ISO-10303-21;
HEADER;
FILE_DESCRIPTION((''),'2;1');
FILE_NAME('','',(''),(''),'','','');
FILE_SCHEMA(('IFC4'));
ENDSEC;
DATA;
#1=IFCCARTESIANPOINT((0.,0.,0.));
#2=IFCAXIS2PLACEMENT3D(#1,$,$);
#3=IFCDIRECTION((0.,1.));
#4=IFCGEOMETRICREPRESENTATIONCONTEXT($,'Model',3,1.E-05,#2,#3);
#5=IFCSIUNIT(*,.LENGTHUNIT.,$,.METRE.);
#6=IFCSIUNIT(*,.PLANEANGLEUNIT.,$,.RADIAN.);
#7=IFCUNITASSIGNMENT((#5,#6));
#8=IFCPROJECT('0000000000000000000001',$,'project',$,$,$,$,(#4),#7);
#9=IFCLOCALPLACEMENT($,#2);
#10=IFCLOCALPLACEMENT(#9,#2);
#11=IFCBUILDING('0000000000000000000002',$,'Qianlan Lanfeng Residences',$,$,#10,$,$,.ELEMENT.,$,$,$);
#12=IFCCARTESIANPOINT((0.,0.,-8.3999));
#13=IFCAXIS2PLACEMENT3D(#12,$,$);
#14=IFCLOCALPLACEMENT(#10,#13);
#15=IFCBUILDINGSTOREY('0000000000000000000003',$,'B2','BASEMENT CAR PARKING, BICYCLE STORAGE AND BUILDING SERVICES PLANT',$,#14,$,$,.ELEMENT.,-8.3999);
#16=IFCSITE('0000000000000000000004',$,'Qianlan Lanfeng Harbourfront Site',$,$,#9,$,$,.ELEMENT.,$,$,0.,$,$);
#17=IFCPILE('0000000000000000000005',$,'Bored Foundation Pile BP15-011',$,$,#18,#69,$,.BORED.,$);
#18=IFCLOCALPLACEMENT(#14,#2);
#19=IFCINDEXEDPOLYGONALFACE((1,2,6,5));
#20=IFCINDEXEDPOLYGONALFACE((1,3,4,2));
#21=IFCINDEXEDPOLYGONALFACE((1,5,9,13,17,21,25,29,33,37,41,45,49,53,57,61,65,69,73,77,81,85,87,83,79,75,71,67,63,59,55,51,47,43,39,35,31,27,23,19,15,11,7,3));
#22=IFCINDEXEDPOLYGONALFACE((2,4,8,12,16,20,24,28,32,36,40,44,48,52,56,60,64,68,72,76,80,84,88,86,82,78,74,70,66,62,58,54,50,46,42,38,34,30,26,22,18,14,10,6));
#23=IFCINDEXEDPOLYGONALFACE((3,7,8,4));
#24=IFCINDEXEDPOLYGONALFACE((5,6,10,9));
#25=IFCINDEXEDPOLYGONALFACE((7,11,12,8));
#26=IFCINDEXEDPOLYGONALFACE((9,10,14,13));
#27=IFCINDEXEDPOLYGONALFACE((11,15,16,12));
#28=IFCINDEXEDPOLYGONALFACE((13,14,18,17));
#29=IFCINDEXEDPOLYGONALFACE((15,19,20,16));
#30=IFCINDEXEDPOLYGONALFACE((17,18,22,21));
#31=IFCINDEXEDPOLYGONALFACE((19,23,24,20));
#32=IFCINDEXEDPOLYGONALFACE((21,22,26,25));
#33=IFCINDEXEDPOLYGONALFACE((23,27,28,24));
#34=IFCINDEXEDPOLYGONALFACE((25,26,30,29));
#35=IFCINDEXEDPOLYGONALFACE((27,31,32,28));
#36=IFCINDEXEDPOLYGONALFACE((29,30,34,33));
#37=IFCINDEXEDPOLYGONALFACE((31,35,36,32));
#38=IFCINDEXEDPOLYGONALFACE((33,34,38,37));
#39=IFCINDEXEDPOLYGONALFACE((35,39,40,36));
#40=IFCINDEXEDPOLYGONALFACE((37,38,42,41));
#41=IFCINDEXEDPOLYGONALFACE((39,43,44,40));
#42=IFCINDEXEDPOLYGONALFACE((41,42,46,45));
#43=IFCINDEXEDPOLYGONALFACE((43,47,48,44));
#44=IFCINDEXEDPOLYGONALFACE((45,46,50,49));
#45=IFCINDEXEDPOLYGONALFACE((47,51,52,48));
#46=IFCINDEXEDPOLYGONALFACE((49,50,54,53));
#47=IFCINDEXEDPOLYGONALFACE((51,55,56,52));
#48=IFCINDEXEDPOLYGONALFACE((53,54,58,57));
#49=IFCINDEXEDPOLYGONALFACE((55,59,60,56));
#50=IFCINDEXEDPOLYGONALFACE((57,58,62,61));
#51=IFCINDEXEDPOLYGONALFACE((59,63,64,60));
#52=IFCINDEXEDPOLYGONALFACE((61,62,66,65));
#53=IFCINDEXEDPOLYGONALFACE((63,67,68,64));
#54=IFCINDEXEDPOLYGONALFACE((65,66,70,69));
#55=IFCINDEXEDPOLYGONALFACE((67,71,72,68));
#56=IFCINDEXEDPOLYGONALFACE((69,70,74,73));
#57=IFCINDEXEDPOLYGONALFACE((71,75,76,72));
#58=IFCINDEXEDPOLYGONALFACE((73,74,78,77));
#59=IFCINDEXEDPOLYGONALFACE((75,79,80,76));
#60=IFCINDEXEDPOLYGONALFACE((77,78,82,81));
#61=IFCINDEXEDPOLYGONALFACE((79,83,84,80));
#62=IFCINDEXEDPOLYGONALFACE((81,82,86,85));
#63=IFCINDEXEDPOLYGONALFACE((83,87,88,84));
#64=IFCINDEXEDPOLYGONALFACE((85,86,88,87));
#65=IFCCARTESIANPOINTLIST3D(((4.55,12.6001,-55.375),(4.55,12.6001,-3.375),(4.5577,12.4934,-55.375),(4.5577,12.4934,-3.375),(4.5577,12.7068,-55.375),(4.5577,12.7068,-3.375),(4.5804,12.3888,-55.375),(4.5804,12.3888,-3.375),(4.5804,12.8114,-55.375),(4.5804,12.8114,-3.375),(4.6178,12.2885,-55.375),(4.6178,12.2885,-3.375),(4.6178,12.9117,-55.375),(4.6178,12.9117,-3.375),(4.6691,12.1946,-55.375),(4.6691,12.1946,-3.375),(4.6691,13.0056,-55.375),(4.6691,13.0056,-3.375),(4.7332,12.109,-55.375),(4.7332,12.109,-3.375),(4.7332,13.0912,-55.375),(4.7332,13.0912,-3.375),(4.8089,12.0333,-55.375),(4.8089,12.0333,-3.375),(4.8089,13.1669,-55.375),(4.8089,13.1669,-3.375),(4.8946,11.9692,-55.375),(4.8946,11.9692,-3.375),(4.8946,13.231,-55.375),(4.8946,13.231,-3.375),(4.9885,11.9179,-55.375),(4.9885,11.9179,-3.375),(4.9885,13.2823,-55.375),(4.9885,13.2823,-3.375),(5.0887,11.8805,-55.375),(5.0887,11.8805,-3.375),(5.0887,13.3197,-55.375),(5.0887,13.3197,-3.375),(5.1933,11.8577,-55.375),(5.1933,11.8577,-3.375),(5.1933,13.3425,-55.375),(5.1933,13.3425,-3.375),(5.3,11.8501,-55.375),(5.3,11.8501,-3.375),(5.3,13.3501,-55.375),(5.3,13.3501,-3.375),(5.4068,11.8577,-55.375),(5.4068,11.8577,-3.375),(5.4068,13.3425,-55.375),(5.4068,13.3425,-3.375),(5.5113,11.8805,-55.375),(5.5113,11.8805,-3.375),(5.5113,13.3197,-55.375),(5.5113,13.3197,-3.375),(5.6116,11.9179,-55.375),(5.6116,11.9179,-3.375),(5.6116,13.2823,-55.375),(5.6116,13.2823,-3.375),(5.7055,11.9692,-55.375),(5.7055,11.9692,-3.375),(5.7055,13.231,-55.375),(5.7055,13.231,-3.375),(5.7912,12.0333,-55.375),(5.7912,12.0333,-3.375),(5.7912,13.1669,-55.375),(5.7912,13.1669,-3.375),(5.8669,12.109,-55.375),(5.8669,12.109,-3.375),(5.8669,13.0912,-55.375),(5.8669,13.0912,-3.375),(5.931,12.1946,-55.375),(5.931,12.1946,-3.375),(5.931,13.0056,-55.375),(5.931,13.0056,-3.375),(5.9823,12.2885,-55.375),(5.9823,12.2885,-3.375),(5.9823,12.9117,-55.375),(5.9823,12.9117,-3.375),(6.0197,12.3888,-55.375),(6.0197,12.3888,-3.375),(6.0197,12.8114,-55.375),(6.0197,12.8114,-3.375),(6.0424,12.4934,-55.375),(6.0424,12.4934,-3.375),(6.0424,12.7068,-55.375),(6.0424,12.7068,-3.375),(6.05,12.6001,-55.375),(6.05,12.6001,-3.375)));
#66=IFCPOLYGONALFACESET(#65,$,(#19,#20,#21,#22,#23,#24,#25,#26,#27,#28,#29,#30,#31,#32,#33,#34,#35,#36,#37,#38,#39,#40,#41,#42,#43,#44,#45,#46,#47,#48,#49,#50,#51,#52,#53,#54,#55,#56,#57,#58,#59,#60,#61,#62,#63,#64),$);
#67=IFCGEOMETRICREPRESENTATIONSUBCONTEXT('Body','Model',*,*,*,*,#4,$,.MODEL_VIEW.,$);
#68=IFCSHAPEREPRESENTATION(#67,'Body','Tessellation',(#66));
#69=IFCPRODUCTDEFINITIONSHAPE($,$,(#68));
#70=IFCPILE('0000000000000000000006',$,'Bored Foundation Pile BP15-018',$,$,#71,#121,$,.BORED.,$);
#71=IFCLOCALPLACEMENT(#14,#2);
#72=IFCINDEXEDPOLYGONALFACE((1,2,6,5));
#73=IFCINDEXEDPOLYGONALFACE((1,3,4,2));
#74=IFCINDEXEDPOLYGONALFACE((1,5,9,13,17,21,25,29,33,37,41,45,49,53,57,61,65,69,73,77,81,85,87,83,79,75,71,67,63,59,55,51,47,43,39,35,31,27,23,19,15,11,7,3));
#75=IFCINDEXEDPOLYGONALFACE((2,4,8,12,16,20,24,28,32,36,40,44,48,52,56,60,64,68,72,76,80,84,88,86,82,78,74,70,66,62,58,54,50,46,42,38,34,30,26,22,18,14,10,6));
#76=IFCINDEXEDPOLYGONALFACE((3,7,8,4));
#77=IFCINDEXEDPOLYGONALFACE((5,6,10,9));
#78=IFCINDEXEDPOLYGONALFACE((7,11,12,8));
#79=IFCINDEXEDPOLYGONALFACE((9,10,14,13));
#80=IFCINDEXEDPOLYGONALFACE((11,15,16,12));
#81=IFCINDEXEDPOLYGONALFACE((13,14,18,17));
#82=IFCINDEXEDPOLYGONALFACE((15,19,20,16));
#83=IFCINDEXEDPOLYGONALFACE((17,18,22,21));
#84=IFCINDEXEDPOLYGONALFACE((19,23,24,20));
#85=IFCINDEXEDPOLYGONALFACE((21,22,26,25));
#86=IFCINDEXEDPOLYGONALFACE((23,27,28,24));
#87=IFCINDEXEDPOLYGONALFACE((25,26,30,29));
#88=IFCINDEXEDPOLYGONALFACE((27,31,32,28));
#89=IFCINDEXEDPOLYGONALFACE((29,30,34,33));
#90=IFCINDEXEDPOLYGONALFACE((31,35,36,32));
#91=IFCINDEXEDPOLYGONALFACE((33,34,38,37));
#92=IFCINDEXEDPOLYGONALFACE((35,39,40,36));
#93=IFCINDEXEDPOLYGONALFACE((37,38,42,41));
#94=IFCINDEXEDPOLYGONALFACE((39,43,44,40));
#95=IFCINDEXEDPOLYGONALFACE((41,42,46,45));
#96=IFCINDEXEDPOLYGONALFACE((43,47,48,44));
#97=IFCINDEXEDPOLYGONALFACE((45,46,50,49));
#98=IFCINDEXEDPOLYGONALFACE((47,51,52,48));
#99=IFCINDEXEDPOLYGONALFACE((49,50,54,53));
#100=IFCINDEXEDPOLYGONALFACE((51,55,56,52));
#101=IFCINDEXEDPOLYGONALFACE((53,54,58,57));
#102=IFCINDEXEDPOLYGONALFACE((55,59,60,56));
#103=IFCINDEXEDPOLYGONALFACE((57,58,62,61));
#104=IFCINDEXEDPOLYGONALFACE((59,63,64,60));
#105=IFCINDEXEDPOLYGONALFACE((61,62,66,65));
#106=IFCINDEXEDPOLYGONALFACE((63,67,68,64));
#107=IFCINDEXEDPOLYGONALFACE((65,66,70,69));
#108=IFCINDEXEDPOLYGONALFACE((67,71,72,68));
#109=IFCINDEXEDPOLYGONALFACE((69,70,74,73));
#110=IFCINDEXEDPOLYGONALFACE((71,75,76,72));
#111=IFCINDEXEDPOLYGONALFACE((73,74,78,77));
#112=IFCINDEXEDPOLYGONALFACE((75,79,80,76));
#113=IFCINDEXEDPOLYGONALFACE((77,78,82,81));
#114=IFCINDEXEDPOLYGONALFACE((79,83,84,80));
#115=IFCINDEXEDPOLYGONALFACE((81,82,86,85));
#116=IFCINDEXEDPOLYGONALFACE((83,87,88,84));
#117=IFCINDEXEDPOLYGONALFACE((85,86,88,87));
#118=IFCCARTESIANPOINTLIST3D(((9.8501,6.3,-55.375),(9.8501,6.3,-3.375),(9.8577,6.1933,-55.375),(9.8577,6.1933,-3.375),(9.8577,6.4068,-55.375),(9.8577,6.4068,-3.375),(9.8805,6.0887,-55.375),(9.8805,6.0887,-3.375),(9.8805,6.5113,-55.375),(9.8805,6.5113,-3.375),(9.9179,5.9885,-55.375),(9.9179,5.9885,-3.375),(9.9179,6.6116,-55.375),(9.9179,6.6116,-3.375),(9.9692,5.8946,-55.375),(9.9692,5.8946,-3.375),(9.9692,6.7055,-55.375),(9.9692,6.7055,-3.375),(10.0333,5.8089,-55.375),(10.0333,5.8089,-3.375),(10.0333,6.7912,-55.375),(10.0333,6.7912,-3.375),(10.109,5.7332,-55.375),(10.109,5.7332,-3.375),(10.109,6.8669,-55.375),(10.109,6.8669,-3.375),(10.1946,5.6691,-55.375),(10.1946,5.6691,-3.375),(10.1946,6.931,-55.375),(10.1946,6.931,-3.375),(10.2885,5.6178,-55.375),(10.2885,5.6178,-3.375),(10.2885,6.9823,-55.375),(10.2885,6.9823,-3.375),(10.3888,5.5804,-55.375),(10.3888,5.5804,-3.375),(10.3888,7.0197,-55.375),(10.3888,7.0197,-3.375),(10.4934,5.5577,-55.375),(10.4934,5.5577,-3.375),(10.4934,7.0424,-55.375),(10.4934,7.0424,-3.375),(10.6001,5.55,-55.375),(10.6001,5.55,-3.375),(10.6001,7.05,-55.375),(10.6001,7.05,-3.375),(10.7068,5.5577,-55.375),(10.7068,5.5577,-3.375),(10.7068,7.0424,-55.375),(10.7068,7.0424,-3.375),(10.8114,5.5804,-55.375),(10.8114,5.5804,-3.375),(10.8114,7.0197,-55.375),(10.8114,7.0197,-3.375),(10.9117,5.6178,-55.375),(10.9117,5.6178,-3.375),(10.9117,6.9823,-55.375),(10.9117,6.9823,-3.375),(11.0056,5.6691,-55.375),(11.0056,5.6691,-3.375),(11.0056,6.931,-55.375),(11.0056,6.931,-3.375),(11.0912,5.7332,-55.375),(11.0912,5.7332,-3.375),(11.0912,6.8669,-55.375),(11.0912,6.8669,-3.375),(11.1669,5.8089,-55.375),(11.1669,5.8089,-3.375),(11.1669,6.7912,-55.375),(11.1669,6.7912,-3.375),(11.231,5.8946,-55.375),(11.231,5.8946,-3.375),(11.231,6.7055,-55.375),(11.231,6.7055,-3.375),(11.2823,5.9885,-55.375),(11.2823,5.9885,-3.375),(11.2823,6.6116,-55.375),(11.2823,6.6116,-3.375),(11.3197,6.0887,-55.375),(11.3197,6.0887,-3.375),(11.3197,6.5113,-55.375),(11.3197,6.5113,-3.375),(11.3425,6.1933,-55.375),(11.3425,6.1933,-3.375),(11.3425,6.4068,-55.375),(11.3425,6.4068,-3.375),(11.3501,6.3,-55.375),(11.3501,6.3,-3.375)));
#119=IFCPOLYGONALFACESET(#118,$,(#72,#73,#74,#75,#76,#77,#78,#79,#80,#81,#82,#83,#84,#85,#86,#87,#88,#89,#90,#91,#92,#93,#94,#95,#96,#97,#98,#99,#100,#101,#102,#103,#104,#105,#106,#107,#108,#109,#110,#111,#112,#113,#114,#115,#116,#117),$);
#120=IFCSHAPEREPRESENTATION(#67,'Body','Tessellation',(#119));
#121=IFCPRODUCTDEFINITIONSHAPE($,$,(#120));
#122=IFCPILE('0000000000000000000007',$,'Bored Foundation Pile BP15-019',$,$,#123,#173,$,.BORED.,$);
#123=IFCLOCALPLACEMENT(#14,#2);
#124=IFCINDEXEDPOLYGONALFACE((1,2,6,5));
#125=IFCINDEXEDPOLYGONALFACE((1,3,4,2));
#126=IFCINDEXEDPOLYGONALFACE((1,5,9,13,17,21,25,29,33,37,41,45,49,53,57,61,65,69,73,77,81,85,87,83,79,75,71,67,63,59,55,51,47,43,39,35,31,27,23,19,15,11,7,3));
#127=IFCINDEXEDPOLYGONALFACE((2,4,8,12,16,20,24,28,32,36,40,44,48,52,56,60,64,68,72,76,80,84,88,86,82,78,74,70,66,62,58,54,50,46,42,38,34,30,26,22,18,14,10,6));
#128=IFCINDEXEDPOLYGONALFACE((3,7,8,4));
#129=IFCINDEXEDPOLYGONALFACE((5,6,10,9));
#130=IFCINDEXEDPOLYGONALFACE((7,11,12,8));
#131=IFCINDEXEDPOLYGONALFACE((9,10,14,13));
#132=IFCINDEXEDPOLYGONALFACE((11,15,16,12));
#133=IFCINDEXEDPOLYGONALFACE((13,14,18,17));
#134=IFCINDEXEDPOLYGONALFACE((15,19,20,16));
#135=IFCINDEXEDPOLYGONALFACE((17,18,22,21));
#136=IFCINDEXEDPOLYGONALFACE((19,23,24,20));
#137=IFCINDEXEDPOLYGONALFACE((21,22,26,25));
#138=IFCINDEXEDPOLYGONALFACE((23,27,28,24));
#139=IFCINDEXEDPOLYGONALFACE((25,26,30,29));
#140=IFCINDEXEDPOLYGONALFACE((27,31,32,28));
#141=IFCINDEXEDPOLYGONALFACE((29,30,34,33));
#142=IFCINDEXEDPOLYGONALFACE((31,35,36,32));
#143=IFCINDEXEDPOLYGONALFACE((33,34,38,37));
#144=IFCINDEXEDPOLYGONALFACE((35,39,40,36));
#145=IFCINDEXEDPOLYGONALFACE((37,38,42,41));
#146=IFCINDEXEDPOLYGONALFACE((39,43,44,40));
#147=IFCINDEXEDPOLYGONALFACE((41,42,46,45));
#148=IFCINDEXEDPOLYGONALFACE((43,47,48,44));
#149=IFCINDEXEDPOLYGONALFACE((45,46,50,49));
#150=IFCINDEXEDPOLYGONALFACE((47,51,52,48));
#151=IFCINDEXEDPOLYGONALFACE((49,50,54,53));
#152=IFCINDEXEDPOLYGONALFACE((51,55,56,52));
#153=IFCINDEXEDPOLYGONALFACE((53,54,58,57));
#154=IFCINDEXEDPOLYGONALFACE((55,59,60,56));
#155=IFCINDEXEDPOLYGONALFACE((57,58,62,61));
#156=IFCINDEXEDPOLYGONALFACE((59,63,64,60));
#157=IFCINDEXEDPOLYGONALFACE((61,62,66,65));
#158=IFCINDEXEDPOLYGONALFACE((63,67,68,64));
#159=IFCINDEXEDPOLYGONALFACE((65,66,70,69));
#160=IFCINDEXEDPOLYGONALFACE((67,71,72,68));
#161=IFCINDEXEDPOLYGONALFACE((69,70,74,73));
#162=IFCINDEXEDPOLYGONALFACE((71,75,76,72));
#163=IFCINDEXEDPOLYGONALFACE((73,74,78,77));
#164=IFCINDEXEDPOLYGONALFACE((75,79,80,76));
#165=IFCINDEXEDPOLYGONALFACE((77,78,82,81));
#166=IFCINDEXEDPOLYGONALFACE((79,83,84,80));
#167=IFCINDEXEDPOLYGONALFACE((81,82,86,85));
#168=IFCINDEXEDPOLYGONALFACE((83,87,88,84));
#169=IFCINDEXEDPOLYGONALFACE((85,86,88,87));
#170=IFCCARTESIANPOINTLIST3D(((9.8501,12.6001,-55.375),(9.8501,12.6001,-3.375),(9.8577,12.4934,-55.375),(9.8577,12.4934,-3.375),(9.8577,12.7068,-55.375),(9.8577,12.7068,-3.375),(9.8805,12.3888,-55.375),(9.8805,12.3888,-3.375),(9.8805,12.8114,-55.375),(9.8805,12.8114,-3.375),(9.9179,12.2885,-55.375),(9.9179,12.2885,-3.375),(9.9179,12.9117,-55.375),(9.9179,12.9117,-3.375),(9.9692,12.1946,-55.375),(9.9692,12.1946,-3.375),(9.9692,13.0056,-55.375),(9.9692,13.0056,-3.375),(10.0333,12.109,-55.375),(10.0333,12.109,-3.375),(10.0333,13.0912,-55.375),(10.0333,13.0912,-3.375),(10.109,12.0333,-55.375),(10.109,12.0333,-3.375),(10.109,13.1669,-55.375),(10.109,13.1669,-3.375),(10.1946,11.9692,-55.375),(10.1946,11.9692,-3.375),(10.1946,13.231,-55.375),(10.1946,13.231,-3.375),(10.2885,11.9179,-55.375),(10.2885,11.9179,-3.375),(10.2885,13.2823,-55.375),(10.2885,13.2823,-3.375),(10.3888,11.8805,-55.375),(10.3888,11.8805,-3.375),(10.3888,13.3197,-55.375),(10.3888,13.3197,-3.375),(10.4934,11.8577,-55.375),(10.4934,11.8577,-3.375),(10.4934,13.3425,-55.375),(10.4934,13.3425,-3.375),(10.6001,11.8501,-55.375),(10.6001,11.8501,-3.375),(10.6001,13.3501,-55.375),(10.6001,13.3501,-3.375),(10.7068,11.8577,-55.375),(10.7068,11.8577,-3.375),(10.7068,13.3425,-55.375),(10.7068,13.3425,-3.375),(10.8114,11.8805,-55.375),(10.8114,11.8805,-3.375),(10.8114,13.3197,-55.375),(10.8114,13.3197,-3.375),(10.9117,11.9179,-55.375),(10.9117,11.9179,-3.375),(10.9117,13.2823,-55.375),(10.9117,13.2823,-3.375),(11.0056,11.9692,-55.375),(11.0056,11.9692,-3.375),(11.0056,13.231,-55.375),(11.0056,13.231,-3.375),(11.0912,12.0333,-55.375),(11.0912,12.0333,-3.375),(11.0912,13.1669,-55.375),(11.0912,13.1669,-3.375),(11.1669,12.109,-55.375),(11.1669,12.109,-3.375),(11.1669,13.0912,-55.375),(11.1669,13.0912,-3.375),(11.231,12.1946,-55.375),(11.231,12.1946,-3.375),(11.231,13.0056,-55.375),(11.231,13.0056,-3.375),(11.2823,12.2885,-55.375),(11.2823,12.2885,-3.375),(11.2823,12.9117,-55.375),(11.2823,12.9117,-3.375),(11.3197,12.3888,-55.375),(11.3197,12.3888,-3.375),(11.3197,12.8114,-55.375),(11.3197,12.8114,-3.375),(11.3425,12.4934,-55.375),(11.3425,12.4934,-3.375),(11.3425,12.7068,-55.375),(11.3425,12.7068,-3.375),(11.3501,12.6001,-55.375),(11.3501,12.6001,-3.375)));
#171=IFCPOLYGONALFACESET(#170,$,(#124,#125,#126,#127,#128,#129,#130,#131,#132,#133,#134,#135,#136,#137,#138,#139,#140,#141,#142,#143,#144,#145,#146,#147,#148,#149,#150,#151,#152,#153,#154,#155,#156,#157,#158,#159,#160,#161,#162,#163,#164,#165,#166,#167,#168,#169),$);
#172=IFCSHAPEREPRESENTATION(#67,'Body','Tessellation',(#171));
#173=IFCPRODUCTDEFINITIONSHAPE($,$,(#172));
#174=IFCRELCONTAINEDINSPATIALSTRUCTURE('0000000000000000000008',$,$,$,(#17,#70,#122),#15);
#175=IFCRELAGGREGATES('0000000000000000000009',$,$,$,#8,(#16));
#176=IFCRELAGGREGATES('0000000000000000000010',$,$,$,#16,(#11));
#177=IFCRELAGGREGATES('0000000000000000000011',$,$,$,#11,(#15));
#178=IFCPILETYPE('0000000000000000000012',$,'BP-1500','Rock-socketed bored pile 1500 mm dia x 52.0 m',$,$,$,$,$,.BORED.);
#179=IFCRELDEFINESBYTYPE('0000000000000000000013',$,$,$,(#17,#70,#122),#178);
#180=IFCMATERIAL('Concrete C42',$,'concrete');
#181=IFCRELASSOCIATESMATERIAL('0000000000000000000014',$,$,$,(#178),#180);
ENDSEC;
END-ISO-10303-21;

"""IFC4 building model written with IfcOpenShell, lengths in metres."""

from ifc_helpers import new_model, si_unit, direction, frame, origin, origin_2d, place, context, subcontext, project, spatial, circle, extrude, material, material_profile, profile_set, type_object, element, save


model = new_model("IFC4")

# Units and contexts
model_context = context("Model", 3, precision=1e-05, world=origin(), true_north=direction((0.0, 1.0)))
body_context = subcontext(model_context, "Body", "Model", "MODEL_VIEW")
ifc_project = project(units=[si_unit("LENGTHUNIT", "METRE"), si_unit("PLANEANGLEUNIT", "RADIAN")], contexts=[model_context])

# Site, building, storey
site_placement = place(None, origin())
site = spatial("IfcSite", under=ifc_project, at=site_placement, Name="Qianlan Lanfeng Harbourfront Site", CompositionType="ELEMENT", RefElevation=0.0)
building_placement = place(site_placement, origin())
building = spatial("IfcBuilding", under=site, at=building_placement, Name="Qianlan Lanfeng Residences", CompositionType="ELEMENT")
storey_placement = place(building_placement, frame((0.0, 0.0, -8.3999)))
storey = spatial("IfcBuildingStorey", under=building, at=storey_placement, Name="B2", Description="BASEMENT CAR PARKING, BICYCLE STORAGE AND BUILDING SERVICES PLANT", CompositionType="ELEMENT", Elevation=-8.3999)

# Piles
ifc_material_1 = material(Name="Concrete C42", Category="concrete")
ifc_material_profile_1 = material_profile(ifc_material_1, circle(Radius=0.75, at=origin_2d()), Name="PILE D1500")
ifc_profile_set_1 = profile_set([ifc_material_profile_1], Name="Concrete C42")
pile_type = type_object("IfcPileType", Name="BP-1500", Description="Rock-socketed bored pile 1500 mm dia x 52.0 m", PredefinedType="BORED", material=ifc_profile_set_1)
for number, where, z_axis, x_axis, name in (
    (1, (5.3, 12.6001, -3.375), (0.0, 0.0, -1.0), (1.0, 0.0, 0.0), "Bored Foundation Pile BP15-011"),
    (2, (10.6001, 6.3, -3.375), (0.0, 0.0, -1.0), (1.0, 0.0, 0.0), "Bored Foundation Pile BP15-018"),
    (3, (10.6001, 12.6001, -3.375), (0.0, 0.0, -1.0), (1.0, 0.0, 0.0), "Bored Foundation Pile BP15-019"),
):
    element("IfcPile", number, at=place(storey_placement, frame(where, z_axis=z_axis, x_axis=x_axis)), inside=storey, type_object=pile_type, Name=name, PredefinedType="BORED", context=body_context, shape_type="SweptSolid", body=[
        extrude(circle(Radius=0.75, at=origin_2d()), origin(), (0.0, 0.0, 1.0), 52.0),
    ])

save(model, "model.ifc")
